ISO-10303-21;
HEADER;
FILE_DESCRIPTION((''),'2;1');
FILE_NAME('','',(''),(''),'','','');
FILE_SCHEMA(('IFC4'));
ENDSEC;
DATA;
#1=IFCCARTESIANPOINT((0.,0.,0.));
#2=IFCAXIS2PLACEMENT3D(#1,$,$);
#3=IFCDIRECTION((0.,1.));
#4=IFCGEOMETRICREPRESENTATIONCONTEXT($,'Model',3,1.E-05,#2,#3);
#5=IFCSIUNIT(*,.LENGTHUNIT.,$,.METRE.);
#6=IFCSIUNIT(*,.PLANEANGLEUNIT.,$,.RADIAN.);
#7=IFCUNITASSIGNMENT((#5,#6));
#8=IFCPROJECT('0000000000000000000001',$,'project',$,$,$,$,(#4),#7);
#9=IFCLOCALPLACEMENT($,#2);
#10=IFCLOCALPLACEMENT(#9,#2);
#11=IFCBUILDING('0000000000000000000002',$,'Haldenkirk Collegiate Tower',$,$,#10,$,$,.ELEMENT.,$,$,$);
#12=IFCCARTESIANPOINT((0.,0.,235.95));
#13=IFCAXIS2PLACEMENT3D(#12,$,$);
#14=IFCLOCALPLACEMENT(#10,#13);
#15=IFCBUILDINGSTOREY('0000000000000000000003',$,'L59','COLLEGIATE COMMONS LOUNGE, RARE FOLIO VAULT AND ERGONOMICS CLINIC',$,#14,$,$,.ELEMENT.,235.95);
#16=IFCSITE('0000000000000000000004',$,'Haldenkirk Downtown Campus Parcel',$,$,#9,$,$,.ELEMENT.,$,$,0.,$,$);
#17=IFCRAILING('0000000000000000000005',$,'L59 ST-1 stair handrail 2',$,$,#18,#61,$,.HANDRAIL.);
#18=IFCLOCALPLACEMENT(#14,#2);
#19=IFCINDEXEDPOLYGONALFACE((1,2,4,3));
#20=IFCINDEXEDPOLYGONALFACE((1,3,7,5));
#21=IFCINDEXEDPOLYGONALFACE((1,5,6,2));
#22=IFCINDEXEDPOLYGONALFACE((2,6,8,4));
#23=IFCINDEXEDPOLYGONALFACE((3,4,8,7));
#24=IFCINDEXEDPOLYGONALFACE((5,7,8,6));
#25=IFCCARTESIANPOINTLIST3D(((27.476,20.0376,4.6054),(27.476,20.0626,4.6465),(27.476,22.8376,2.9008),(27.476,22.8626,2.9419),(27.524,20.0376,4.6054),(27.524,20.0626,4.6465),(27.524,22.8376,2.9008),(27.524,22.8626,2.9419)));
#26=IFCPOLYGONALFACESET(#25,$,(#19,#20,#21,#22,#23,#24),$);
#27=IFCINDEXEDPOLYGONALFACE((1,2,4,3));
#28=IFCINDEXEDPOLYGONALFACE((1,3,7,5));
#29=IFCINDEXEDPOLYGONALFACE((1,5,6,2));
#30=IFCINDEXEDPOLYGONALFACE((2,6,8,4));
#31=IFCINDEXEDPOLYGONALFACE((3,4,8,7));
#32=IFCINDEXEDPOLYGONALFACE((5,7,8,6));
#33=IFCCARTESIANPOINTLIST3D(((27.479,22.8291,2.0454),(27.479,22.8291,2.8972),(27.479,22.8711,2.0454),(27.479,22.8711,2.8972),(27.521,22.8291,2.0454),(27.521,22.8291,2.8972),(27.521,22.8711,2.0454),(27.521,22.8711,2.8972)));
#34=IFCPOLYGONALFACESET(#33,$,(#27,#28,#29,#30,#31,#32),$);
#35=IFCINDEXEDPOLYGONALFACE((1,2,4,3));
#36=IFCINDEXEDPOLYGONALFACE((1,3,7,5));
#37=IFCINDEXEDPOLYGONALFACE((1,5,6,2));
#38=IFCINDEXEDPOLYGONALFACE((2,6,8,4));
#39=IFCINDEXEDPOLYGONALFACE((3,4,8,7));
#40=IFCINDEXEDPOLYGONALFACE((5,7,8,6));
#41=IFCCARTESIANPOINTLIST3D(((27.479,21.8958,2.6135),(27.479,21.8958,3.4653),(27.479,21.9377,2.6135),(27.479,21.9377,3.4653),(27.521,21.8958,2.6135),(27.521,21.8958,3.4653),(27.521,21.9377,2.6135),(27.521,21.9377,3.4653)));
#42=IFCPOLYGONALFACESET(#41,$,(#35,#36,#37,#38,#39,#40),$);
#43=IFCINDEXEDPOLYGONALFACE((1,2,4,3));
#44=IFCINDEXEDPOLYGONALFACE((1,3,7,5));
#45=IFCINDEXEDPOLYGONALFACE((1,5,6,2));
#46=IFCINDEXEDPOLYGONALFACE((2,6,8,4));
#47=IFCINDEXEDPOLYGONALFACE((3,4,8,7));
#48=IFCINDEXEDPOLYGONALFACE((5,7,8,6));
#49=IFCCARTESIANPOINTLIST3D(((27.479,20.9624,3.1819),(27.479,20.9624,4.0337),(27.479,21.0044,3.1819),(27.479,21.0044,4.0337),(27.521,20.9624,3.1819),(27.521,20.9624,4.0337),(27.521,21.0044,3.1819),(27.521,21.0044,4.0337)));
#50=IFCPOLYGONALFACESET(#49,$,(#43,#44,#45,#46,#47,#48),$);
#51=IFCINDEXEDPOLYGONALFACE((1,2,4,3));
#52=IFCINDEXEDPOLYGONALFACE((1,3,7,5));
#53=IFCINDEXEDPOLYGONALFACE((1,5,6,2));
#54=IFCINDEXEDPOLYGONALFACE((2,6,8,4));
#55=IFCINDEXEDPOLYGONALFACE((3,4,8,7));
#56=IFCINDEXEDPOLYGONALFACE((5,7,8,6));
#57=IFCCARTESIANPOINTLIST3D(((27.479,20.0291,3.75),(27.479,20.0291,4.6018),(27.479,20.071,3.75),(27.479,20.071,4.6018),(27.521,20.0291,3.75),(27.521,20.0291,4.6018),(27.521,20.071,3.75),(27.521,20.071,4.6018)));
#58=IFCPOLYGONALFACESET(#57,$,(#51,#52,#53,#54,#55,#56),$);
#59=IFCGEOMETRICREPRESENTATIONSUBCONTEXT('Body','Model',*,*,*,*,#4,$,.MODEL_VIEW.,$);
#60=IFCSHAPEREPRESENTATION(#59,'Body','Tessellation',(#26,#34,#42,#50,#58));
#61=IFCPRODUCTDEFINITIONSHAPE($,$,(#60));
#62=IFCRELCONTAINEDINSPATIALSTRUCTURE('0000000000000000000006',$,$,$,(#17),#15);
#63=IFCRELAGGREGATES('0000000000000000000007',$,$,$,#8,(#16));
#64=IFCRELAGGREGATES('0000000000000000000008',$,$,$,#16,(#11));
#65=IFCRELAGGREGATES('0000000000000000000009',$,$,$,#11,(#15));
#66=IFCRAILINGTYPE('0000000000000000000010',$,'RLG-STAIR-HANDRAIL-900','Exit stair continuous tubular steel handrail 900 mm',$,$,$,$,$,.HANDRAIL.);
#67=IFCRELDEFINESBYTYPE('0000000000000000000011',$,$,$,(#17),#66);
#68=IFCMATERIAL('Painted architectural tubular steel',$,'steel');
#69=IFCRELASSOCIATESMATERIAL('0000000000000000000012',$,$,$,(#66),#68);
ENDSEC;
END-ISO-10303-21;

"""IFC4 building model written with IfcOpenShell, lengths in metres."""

from ifc_helpers import new_model, si_unit, direction, frame, origin, origin_2d, place, context, subcontext, project, spatial, rectangle, extrude, material, type_object, element, save


model = new_model("IFC4")

# Units and contexts
model_context = context("Model", 3, precision=1e-05, world=origin(), true_north=direction((0.0, 1.0)))
body_context = subcontext(model_context, "Body", "Model", "MODEL_VIEW")
ifc_project = project(units=[si_unit("LENGTHUNIT", "METRE"), si_unit("PLANEANGLEUNIT", "RADIAN")], contexts=[model_context])

# Site, building, storey
site_placement = place(None, origin())
site = spatial("IfcSite", under=ifc_project, at=site_placement, Name="Haldenkirk Downtown Campus Parcel", CompositionType="ELEMENT", RefElevation=0.0)
building_placement = place(site_placement, origin())
building = spatial("IfcBuilding", under=site, at=building_placement, Name="Haldenkirk Collegiate Tower", CompositionType="ELEMENT")
storey_placement = place(building_placement, frame((0.0, 0.0, 235.95)))
storey = spatial("IfcBuildingStorey", under=building, at=storey_placement, Name="L59", Description="COLLEGIATE COMMONS LOUNGE, RARE FOLIO VAULT AND ERGONOMICS CLINIC", CompositionType="ELEMENT", Elevation=235.95)

# Railing
ifc_material_1 = material(Name="Painted architectural tubular steel", Category="steel")
railing_type_1 = type_object("IfcRailingType", Name="RLG-STAIR-HANDRAIL-900", Description="Exit stair continuous tubular steel handrail 900 mm", PredefinedType="HANDRAIL", material=ifc_material_1)
railing_1_placement = place(storey_placement, frame((27.5, 22.8501, 2.0454)))
element("IfcRailing", 1, at=railing_1_placement, inside=storey, type_object=railing_type_1, Name="L59 ST-1 stair handrail 2", PredefinedType="HANDRAIL", context=body_context, shape_type="SweptSolid", body=[
    extrude(rectangle(XDim=0.0481, YDim=0.0481, at=origin_2d()), frame((0.0, 0.0, 0.876), z_axis=(0.0, -0.85417, 0.519994), x_axis=(1.0, 0.0, 0.0)), (0.0, 0.0, 1.0), 3.2781),
    extrude(rectangle(XDim=0.042, YDim=0.042, at=origin_2d()), origin(), (0.0, 0.0, 1.0), 0.8518),
    extrude(rectangle(XDim=0.042, YDim=0.042, at=origin_2d()), frame((0.0, -0.9333, 0.5681)), (0.0, 0.0, 1.0), 0.8518),
    extrude(rectangle(XDim=0.042, YDim=0.042, at=origin_2d()), frame((0.0, -1.8667, 1.1365)), (0.0, 0.0, 1.0), 0.8518),
    extrude(rectangle(XDim=0.042, YDim=0.042, at=origin_2d()), frame((0.0, -2.8, 1.7046)), (0.0, 0.0, 1.0), 0.8518),
])

save(model, "model.ifc")
